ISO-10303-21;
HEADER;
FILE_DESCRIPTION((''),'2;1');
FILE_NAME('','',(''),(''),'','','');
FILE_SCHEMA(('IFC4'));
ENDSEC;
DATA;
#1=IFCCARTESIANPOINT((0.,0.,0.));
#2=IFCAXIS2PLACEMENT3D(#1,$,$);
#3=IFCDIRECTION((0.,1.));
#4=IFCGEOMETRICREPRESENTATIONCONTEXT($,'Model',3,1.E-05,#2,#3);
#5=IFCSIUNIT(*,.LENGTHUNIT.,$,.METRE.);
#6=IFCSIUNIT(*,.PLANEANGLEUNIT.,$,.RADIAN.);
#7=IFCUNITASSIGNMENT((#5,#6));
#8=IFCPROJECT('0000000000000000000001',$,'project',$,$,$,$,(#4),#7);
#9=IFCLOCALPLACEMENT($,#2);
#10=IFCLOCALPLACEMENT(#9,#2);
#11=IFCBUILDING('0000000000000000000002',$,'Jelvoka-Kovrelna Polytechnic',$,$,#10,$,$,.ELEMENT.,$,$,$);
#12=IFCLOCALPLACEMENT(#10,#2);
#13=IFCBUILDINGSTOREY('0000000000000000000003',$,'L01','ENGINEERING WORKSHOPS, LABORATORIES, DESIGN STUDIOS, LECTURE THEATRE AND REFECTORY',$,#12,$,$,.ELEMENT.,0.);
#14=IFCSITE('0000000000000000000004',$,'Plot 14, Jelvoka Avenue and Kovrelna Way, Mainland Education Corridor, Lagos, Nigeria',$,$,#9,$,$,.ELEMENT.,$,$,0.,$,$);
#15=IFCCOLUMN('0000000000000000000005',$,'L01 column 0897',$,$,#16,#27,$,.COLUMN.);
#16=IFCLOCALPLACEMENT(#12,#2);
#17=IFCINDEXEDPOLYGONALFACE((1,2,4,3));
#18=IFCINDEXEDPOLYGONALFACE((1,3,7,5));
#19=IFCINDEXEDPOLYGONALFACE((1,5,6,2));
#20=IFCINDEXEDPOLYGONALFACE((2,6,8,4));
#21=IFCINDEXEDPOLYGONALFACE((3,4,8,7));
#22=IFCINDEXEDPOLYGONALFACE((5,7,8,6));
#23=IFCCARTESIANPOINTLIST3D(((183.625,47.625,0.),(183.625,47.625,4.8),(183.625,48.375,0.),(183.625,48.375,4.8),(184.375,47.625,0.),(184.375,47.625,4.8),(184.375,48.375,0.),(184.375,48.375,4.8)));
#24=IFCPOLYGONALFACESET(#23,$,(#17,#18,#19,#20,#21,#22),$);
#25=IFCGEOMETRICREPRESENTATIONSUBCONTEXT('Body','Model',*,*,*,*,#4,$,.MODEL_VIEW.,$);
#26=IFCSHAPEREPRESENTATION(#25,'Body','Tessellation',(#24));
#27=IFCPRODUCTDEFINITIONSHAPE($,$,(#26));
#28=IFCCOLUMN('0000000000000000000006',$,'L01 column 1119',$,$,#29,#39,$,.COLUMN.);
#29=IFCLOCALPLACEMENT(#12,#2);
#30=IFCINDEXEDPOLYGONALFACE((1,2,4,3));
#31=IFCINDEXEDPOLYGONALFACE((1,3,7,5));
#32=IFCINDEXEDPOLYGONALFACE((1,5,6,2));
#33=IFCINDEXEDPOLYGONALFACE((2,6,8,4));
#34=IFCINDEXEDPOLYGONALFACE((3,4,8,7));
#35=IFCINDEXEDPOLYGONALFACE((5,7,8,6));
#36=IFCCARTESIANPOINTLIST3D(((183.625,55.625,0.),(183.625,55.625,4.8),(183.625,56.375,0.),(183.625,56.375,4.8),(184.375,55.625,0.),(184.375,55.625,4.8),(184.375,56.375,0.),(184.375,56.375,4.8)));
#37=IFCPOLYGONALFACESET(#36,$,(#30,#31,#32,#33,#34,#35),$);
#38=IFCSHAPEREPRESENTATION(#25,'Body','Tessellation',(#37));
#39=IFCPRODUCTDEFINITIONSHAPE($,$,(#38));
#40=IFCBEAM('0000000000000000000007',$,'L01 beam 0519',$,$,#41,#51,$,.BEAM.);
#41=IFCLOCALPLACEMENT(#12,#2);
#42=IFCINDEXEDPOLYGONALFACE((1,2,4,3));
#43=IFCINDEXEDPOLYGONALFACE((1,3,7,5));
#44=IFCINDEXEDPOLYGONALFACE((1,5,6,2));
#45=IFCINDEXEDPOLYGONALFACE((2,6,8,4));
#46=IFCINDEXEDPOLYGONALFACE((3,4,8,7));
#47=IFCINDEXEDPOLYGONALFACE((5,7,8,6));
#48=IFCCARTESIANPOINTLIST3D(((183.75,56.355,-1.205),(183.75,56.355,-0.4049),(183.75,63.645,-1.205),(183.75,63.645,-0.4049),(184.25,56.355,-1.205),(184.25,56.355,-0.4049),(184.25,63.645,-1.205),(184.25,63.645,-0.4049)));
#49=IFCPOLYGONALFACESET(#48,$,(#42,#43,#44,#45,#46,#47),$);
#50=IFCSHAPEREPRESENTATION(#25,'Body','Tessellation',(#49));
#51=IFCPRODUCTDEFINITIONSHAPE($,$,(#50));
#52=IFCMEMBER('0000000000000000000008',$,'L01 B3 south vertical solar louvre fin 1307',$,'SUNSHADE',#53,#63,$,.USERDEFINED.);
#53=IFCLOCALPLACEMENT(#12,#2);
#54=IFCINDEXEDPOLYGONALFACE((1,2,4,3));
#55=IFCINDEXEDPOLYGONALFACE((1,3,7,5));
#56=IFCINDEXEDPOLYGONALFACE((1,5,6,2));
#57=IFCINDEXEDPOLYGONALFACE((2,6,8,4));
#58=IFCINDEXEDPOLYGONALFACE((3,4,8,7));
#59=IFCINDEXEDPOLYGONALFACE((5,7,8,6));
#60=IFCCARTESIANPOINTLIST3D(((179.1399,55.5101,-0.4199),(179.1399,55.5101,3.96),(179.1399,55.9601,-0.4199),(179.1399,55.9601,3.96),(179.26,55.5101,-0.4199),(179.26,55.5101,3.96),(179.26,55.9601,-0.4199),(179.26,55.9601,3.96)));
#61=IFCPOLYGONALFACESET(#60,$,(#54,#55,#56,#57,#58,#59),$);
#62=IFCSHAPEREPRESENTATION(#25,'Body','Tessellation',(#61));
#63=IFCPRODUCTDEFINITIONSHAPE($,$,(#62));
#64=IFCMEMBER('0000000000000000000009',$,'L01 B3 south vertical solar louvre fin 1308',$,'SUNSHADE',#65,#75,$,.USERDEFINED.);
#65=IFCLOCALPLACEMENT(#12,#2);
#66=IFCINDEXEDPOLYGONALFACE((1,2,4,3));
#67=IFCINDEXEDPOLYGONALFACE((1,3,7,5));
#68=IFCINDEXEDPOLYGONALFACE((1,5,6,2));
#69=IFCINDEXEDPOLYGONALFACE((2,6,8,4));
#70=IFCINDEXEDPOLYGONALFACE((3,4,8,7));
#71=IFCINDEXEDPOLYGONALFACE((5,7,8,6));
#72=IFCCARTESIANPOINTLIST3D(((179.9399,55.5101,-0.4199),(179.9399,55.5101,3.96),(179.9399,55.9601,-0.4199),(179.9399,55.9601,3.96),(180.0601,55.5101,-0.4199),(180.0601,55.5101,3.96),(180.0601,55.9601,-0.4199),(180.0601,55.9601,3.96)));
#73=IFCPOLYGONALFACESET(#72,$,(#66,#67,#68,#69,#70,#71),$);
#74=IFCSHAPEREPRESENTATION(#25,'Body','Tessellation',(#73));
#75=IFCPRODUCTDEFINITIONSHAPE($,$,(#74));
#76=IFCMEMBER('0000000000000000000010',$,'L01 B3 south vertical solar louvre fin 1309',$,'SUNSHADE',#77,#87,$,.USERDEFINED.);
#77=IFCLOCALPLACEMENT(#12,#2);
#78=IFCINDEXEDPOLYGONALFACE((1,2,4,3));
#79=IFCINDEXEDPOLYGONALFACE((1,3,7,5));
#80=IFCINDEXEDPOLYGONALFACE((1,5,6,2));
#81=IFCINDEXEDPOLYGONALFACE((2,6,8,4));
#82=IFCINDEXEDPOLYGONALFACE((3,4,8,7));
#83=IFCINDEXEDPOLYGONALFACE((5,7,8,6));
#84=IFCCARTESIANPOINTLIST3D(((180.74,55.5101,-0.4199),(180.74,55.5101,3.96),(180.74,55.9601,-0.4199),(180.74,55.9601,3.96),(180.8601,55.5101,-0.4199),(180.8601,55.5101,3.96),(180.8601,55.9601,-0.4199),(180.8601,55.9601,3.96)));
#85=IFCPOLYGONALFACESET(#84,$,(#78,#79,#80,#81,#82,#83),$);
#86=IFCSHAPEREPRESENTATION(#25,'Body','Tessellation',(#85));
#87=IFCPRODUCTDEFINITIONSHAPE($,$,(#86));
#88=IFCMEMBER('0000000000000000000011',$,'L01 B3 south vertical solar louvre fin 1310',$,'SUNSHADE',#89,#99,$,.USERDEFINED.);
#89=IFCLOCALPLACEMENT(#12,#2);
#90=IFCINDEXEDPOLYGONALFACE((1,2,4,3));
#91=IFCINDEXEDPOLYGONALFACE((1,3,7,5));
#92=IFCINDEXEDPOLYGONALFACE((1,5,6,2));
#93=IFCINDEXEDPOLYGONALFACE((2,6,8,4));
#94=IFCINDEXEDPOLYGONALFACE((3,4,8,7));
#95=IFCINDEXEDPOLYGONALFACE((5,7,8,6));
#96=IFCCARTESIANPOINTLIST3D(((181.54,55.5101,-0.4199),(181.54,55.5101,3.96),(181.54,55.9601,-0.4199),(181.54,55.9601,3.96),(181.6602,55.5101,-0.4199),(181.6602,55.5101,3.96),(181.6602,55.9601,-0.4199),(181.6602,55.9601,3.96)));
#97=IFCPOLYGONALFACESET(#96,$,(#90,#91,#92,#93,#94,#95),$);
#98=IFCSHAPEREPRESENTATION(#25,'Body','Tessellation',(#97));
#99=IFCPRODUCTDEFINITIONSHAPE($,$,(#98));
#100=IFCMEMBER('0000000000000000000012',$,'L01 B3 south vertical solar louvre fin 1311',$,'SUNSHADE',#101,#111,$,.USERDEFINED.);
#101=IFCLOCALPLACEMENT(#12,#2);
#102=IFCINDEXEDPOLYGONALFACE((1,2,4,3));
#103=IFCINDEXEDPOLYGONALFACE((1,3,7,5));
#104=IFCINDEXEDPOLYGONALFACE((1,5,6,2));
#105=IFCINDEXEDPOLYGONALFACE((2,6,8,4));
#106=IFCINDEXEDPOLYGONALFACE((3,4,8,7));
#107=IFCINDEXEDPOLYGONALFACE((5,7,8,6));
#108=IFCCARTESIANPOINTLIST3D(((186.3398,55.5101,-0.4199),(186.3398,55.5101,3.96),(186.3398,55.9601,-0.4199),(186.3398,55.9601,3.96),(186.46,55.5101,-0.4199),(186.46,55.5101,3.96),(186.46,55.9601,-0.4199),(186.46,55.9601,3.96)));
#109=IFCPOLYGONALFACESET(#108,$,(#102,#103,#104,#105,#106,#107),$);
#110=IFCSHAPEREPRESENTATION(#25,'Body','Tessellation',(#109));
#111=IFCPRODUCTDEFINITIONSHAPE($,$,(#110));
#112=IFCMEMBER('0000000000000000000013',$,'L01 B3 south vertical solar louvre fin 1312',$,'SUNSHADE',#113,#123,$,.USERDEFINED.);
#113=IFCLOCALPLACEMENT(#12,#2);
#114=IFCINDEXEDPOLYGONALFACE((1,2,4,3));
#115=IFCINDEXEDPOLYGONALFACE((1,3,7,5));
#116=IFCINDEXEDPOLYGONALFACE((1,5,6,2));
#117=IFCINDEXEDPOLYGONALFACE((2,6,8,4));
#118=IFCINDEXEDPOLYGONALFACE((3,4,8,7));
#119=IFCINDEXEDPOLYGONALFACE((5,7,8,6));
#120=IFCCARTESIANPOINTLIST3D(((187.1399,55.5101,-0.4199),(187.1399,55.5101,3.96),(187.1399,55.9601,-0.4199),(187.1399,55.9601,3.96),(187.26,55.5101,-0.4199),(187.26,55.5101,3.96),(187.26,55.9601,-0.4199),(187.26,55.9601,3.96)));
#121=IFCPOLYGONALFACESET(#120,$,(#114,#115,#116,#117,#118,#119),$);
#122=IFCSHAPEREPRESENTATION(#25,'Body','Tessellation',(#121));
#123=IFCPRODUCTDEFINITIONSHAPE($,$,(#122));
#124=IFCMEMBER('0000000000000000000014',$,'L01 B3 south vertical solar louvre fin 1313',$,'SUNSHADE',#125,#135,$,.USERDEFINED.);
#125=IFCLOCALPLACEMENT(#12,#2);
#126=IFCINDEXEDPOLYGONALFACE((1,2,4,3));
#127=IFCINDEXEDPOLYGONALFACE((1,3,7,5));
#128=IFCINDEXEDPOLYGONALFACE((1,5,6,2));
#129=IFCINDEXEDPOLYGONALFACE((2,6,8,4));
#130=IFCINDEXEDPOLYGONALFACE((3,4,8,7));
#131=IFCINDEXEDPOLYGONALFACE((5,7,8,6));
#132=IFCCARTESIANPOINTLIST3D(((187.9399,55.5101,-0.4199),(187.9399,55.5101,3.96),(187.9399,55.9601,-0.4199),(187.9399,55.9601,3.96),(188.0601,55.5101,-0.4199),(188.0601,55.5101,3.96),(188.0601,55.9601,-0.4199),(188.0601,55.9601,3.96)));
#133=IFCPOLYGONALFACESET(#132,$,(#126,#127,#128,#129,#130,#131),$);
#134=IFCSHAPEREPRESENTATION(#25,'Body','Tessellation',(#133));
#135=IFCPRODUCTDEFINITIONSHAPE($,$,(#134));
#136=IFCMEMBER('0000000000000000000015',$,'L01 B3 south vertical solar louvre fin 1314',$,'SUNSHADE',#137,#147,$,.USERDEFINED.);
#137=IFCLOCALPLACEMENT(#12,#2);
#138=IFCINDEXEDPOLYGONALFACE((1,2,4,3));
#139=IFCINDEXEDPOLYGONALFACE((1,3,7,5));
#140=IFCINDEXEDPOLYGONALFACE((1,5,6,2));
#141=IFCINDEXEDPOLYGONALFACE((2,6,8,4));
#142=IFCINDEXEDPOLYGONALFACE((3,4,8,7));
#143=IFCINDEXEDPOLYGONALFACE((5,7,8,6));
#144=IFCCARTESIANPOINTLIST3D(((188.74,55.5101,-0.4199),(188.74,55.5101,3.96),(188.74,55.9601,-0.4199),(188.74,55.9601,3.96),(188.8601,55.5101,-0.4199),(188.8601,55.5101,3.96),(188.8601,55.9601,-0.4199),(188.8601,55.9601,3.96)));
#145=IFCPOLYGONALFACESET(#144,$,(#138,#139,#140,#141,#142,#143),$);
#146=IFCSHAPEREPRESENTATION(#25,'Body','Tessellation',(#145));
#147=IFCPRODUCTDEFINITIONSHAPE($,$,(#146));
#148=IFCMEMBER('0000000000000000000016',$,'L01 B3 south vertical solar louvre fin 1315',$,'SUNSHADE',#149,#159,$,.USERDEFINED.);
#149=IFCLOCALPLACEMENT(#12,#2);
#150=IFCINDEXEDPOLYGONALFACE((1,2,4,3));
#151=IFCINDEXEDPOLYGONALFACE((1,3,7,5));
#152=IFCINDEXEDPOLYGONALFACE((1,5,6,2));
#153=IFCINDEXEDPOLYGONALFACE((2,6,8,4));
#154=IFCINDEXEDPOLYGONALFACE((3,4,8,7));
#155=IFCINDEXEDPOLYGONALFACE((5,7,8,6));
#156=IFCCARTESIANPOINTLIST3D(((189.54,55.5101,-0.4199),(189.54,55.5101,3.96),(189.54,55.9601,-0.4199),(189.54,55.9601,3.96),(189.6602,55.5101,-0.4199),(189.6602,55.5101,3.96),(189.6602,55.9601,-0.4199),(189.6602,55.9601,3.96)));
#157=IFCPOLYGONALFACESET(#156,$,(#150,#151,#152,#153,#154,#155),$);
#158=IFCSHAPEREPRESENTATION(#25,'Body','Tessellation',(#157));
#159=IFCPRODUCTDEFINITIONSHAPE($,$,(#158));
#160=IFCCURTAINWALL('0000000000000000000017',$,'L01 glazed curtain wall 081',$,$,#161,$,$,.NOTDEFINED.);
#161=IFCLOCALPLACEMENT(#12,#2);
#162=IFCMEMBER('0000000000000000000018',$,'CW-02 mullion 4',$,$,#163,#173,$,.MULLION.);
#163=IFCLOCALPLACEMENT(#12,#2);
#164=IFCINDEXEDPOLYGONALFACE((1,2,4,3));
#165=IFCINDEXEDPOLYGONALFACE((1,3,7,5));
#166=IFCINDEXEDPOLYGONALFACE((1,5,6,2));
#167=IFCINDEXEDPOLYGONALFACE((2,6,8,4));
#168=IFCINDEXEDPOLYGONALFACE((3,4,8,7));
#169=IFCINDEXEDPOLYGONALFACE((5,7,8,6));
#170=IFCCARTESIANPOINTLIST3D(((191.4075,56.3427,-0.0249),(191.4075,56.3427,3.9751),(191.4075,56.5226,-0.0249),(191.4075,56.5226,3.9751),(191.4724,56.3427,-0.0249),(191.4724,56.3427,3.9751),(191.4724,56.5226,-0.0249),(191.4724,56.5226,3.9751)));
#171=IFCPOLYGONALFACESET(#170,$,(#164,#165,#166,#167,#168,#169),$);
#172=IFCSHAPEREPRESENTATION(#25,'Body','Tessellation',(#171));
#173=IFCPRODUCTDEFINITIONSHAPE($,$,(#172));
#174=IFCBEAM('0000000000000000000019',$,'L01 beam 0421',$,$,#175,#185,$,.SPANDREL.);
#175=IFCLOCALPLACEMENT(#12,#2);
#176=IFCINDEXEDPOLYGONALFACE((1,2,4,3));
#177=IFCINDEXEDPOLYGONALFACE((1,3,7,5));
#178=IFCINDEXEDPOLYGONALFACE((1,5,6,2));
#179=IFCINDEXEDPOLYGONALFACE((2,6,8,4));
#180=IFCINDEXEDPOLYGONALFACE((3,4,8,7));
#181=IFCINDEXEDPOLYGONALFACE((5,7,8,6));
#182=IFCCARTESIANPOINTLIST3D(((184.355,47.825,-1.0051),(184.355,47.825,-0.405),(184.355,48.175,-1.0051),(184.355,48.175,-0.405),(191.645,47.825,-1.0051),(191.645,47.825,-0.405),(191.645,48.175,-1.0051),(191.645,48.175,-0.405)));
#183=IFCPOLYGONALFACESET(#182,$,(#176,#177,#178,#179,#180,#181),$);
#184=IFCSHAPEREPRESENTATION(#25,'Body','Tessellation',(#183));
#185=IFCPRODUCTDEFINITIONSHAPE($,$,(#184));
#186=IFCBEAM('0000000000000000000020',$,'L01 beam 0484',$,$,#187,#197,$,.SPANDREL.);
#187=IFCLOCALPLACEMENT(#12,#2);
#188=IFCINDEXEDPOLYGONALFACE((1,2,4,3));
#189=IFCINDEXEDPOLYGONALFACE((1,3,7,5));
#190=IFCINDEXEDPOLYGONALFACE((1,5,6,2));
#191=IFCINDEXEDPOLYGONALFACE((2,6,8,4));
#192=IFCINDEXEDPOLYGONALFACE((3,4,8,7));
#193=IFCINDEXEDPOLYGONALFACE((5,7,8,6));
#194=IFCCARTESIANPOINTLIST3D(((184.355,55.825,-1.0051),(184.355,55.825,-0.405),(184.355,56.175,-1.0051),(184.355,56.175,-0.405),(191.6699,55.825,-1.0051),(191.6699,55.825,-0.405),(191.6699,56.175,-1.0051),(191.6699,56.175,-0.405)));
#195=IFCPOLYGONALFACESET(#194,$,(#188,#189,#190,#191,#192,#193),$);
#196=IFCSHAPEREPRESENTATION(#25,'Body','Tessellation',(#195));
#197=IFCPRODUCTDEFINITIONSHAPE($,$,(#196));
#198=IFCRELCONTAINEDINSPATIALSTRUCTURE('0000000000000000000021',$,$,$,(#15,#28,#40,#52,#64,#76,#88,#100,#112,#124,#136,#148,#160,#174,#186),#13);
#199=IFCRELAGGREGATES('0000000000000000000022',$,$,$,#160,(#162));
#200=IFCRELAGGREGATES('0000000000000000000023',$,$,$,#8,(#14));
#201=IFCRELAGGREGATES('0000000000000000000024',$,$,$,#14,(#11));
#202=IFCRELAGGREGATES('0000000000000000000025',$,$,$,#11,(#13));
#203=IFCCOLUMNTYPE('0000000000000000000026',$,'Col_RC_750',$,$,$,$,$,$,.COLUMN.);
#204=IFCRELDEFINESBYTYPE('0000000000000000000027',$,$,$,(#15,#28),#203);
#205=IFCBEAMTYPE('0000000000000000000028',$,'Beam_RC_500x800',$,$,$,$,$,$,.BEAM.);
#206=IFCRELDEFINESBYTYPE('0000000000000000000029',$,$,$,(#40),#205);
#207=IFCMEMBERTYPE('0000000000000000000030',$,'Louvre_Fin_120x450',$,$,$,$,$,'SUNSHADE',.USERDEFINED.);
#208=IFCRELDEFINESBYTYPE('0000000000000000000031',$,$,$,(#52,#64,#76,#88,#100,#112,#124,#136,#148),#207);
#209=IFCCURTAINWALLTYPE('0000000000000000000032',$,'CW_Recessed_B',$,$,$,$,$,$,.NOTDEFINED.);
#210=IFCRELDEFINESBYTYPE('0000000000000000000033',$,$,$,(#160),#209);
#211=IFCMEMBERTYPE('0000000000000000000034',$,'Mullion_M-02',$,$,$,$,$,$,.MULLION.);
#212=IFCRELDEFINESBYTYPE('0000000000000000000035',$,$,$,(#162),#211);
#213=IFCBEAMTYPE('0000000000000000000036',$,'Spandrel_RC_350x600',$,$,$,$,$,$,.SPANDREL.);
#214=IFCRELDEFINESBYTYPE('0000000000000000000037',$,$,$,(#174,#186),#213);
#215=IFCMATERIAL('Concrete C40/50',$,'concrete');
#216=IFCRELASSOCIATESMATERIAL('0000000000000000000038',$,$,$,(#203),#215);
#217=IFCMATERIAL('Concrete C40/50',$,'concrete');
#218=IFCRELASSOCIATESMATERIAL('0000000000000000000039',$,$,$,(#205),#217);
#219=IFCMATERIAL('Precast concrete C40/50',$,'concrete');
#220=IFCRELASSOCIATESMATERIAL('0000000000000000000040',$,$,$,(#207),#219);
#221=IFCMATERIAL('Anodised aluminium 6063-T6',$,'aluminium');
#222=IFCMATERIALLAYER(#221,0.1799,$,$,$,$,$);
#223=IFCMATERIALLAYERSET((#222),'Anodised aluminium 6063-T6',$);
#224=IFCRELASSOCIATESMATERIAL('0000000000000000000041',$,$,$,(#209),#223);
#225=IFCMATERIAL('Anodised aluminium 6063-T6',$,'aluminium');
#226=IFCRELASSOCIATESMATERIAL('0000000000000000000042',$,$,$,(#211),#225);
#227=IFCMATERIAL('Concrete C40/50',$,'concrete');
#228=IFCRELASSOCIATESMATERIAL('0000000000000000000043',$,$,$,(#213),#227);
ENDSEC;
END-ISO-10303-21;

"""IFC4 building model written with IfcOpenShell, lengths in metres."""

from ifc_helpers import new_model, si_unit, direction, frame, origin, origin_2d, place, context, subcontext, project, spatial, rectangle, extrude, material, layer, layer_set, material_profile, profile_set, type_object, element, aggregate, save


model = new_model("IFC4")

# Units and contexts
model_context = context("Model", 3, precision=1e-05, world=origin(), true_north=direction((0.0, 1.0)))
body_context = subcontext(model_context, "Body", "Model", "MODEL_VIEW")
ifc_project = project(units=[si_unit("LENGTHUNIT", "METRE"), si_unit("PLANEANGLEUNIT", "RADIAN")], contexts=[model_context])

# Site, building, storey
site_placement = place(None, origin())
site = spatial("IfcSite", under=ifc_project, at=site_placement, Name="Plot 14, Jelvoka Avenue and Kovrelna Way, Mainland Education Corridor, Lagos, Nigeria", CompositionType="ELEMENT", RefElevation=0.0)
building_placement = place(site_placement, origin())
building = spatial("IfcBuilding", under=site, at=building_placement, Name="Jelvoka-Kovrelna Polytechnic", CompositionType="ELEMENT")
storey_placement = place(building_placement, origin())
storey = spatial("IfcBuildingStorey", under=building, at=storey_placement, Name="L01", Description="ENGINEERING WORKSHOPS, LABORATORIES, DESIGN STUDIOS, LECTURE THEATRE AND REFECTORY", CompositionType="ELEMENT", Elevation=0.0)

# Columns
ifc_material_1 = material(Name="Concrete C40/50", Category="concrete")
ifc_material_profile_1 = material_profile(ifc_material_1, rectangle(XDim=0.75, YDim=0.75, at=origin_2d()), Name="RC 750x750")
ifc_profile_set_1 = profile_set([ifc_material_profile_1], Name="Concrete C40/50")
column_type = type_object("IfcColumnType", Name="Col_RC_750", PredefinedType="COLUMN", material=ifc_profile_set_1)
for number, where, z_axis, x_axis, name in (
    (1, (184.0, 48.0, 0.0), (0.0, 0.0, 1.0), (1.0, 0.0, 0.0), "L01 column 0897"),
    (2, (184.0, 56.0, 0.0), (0.0, 0.0, 1.0), (1.0, 0.0, 0.0), "L01 column 1119"),
):
    element("IfcColumn", number, at=place(storey_placement, frame(where, z_axis=z_axis, x_axis=x_axis)), inside=storey, type_object=column_type, Name=name, PredefinedType="COLUMN", context=body_context, shape_type="SweptSolid", body=[
        extrude(rectangle(XDim=0.75, YDim=0.75, at=origin_2d()), origin(), (0.0, 0.0, 1.0), 4.8),
    ])

# Beam
ifc_material_2 = material(Name="Concrete C40/50", Category="concrete")
ifc_material_profile_2 = material_profile(ifc_material_2, rectangle(XDim=0.5, YDim=0.8, at=origin_2d()), Name="RC 500x800")
ifc_profile_set_2 = profile_set([ifc_material_profile_2], Name="Concrete C40/50")
beam_type_1 = type_object("IfcBeamType", Name="Beam_RC_500x800", PredefinedType="BEAM", material=ifc_profile_set_2)
beam_1_placement = place(storey_placement, frame((184.0, 56.355, -0.8049), z_axis=(0.0, 1.0, 0.0), x_axis=(-1.0, 0.0, 0.0)))
element("IfcBeam", 3, at=beam_1_placement, inside=storey, type_object=beam_type_1, Name="L01 beam 0519", PredefinedType="BEAM", context=body_context, shape_type="SweptSolid", body=[
    extrude(rectangle(XDim=0.5, YDim=0.8, at=origin_2d()), origin(), (0.0, 0.0, 1.0), 7.29),
])

# Members
ifc_material_3 = material(Name="Precast concrete C40/50", Category="concrete")
ifc_material_profile_3 = material_profile(ifc_material_3, rectangle(XDim=0.1201, YDim=0.45, at=origin_2d()), Name="PC 120x450")
ifc_profile_set_3 = profile_set([ifc_material_profile_3], Name="Precast concrete C40/50")
member_type_1 = type_object("IfcMemberType", Name="Louvre_Fin_120x450", ElementType="SUNSHADE", PredefinedType="USERDEFINED", material=ifc_profile_set_3)
for number, where, z_axis, x_axis, name in (
    (4, (179.2, 55.7351, -0.4199), (0.0, 0.0, 1.0), (1.0, 0.0, 0.0), "L01 B3 south vertical solar louvre fin 1307"),
    (5, (180.0, 55.7351, -0.4199), (0.0, 0.0, 1.0), (1.0, 0.0, 0.0), "L01 B3 south vertical solar louvre fin 1308"),
    (6, (180.8, 55.7351, -0.4199), (0.0, 0.0, 1.0), (1.0, 0.0, 0.0), "L01 B3 south vertical solar louvre fin 1309"),
    (7, (181.6001, 55.7351, -0.4199), (0.0, 0.0, 1.0), (1.0, 0.0, 0.0), "L01 B3 south vertical solar louvre fin 1310"),
    (8, (186.3999, 55.7351, -0.4199), (0.0, 0.0, 1.0), (1.0, 0.0, 0.0), "L01 B3 south vertical solar louvre fin 1311"),
    (9, (187.2, 55.7351, -0.4199), (0.0, 0.0, 1.0), (1.0, 0.0, 0.0), "L01 B3 south vertical solar louvre fin 1312"),
    (10, (188.0, 55.7351, -0.4199), (0.0, 0.0, 1.0), (1.0, 0.0, 0.0), "L01 B3 south vertical solar louvre fin 1313"),
    (11, (188.8, 55.7351, -0.4199), (0.0, 0.0, 1.0), (1.0, 0.0, 0.0), "L01 B3 south vertical solar louvre fin 1314"),
    (12, (189.6001, 55.7351, -0.4199), (0.0, 0.0, 1.0), (1.0, 0.0, 0.0), "L01 B3 south vertical solar louvre fin 1315"),
):
    element("IfcMember", number, at=place(storey_placement, frame(where, z_axis=z_axis, x_axis=x_axis)), inside=storey, type_object=member_type_1, Name=name, ObjectType="SUNSHADE", PredefinedType="USERDEFINED", context=body_context, shape_type="SweptSolid", body=[
        extrude(rectangle(XDim=0.1201, YDim=0.45, at=origin_2d()), origin(), (0.0, 0.0, 1.0), 4.3799),
    ])

# Curtain wall, member
ifc_material_4 = material(Name="Anodised aluminium 6063-T6", Category="aluminium")
ifc_layer_1 = layer(ifc_material_4, 0.1799)
ifc_layer_set_1 = layer_set([ifc_layer_1], Name="Anodised aluminium 6063-T6")
curtain_wall_type = type_object("IfcCurtainWallType", Name="CW_Recessed_B", PredefinedType="NOTDEFINED", material=ifc_layer_set_1)
curtain_wall_placement = place(storey_placement, origin())
curtain_wall = element("IfcCurtainWall", 13, at=curtain_wall_placement, inside=storey, type_object=curtain_wall_type, Name="L01 glazed curtain wall 081", PredefinedType="NOTDEFINED")
ifc_material_5 = material(Name="Anodised aluminium 6063-T6", Category="aluminium")
ifc_material_profile_4 = material_profile(ifc_material_5, rectangle(XDim=0.0649, YDim=0.1799, at=origin_2d()), Name="ALU 65x180")
ifc_profile_set_4 = profile_set([ifc_material_profile_4], Name="Anodised aluminium 6063-T6")
member_type_2 = type_object("IfcMemberType", Name="Mullion_M-02", PredefinedType="MULLION", material=ifc_profile_set_4)
member_placement = place(storey_placement, frame((191.4399, 56.4326, -0.0249), z_axis=(0.0, 0.0, 1.0), x_axis=(1.0, 0.0, 0.0)))
member = element("IfcMember", 14, at=member_placement, type_object=member_type_2, Name="CW-02 mullion 4", PredefinedType="MULLION", context=body_context, shape_type="SweptSolid", body=[
    extrude(rectangle(XDim=0.0649, YDim=0.1799, at=origin_2d()), origin(), (0.0, 0.0, 1.0), 4.0),
])
aggregate(curtain_wall, [member])

# Beams
ifc_material_6 = material(Name="Concrete C40/50", Category="concrete")
ifc_material_profile_5 = material_profile(ifc_material_6, rectangle(XDim=0.3501, YDim=0.6001, at=origin_2d()), Name="RC 350x600")
ifc_profile_set_5 = profile_set([ifc_material_profile_5], Name="Concrete C40/50")
beam_type_2 = type_object("IfcBeamType", Name="Spandrel_RC_350x600", PredefinedType="SPANDREL", material=ifc_profile_set_5)
beam_2_placement = place(storey_placement, frame((184.355, 48.0, -0.7051), z_axis=(1.0, 0.0, 0.0), x_axis=(0.0, 1.0, 0.0)))
element("IfcBeam", 15, at=beam_2_placement, inside=storey, type_object=beam_type_2, Name="L01 beam 0421", PredefinedType="SPANDREL", context=body_context, shape_type="SweptSolid", body=[
    extrude(rectangle(XDim=0.3501, YDim=0.6001, at=origin_2d()), origin(), (0.0, 0.0, 1.0), 7.29),
])
beam_3_placement = place(storey_placement, frame((184.355, 56.0, -0.7051), z_axis=(1.0, 0.0, 0.0), x_axis=(0.0, 1.0, 0.0)))
element("IfcBeam", 16, at=beam_3_placement, inside=storey, type_object=beam_type_2, Name="L01 beam 0484", PredefinedType="SPANDREL", context=body_context, shape_type="SweptSolid", body=[
    extrude(rectangle(XDim=0.3501, YDim=0.6001, at=origin_2d()), origin(), (0.0, 0.0, 1.0), 7.3149),
])

save(model, "model.ifc")
